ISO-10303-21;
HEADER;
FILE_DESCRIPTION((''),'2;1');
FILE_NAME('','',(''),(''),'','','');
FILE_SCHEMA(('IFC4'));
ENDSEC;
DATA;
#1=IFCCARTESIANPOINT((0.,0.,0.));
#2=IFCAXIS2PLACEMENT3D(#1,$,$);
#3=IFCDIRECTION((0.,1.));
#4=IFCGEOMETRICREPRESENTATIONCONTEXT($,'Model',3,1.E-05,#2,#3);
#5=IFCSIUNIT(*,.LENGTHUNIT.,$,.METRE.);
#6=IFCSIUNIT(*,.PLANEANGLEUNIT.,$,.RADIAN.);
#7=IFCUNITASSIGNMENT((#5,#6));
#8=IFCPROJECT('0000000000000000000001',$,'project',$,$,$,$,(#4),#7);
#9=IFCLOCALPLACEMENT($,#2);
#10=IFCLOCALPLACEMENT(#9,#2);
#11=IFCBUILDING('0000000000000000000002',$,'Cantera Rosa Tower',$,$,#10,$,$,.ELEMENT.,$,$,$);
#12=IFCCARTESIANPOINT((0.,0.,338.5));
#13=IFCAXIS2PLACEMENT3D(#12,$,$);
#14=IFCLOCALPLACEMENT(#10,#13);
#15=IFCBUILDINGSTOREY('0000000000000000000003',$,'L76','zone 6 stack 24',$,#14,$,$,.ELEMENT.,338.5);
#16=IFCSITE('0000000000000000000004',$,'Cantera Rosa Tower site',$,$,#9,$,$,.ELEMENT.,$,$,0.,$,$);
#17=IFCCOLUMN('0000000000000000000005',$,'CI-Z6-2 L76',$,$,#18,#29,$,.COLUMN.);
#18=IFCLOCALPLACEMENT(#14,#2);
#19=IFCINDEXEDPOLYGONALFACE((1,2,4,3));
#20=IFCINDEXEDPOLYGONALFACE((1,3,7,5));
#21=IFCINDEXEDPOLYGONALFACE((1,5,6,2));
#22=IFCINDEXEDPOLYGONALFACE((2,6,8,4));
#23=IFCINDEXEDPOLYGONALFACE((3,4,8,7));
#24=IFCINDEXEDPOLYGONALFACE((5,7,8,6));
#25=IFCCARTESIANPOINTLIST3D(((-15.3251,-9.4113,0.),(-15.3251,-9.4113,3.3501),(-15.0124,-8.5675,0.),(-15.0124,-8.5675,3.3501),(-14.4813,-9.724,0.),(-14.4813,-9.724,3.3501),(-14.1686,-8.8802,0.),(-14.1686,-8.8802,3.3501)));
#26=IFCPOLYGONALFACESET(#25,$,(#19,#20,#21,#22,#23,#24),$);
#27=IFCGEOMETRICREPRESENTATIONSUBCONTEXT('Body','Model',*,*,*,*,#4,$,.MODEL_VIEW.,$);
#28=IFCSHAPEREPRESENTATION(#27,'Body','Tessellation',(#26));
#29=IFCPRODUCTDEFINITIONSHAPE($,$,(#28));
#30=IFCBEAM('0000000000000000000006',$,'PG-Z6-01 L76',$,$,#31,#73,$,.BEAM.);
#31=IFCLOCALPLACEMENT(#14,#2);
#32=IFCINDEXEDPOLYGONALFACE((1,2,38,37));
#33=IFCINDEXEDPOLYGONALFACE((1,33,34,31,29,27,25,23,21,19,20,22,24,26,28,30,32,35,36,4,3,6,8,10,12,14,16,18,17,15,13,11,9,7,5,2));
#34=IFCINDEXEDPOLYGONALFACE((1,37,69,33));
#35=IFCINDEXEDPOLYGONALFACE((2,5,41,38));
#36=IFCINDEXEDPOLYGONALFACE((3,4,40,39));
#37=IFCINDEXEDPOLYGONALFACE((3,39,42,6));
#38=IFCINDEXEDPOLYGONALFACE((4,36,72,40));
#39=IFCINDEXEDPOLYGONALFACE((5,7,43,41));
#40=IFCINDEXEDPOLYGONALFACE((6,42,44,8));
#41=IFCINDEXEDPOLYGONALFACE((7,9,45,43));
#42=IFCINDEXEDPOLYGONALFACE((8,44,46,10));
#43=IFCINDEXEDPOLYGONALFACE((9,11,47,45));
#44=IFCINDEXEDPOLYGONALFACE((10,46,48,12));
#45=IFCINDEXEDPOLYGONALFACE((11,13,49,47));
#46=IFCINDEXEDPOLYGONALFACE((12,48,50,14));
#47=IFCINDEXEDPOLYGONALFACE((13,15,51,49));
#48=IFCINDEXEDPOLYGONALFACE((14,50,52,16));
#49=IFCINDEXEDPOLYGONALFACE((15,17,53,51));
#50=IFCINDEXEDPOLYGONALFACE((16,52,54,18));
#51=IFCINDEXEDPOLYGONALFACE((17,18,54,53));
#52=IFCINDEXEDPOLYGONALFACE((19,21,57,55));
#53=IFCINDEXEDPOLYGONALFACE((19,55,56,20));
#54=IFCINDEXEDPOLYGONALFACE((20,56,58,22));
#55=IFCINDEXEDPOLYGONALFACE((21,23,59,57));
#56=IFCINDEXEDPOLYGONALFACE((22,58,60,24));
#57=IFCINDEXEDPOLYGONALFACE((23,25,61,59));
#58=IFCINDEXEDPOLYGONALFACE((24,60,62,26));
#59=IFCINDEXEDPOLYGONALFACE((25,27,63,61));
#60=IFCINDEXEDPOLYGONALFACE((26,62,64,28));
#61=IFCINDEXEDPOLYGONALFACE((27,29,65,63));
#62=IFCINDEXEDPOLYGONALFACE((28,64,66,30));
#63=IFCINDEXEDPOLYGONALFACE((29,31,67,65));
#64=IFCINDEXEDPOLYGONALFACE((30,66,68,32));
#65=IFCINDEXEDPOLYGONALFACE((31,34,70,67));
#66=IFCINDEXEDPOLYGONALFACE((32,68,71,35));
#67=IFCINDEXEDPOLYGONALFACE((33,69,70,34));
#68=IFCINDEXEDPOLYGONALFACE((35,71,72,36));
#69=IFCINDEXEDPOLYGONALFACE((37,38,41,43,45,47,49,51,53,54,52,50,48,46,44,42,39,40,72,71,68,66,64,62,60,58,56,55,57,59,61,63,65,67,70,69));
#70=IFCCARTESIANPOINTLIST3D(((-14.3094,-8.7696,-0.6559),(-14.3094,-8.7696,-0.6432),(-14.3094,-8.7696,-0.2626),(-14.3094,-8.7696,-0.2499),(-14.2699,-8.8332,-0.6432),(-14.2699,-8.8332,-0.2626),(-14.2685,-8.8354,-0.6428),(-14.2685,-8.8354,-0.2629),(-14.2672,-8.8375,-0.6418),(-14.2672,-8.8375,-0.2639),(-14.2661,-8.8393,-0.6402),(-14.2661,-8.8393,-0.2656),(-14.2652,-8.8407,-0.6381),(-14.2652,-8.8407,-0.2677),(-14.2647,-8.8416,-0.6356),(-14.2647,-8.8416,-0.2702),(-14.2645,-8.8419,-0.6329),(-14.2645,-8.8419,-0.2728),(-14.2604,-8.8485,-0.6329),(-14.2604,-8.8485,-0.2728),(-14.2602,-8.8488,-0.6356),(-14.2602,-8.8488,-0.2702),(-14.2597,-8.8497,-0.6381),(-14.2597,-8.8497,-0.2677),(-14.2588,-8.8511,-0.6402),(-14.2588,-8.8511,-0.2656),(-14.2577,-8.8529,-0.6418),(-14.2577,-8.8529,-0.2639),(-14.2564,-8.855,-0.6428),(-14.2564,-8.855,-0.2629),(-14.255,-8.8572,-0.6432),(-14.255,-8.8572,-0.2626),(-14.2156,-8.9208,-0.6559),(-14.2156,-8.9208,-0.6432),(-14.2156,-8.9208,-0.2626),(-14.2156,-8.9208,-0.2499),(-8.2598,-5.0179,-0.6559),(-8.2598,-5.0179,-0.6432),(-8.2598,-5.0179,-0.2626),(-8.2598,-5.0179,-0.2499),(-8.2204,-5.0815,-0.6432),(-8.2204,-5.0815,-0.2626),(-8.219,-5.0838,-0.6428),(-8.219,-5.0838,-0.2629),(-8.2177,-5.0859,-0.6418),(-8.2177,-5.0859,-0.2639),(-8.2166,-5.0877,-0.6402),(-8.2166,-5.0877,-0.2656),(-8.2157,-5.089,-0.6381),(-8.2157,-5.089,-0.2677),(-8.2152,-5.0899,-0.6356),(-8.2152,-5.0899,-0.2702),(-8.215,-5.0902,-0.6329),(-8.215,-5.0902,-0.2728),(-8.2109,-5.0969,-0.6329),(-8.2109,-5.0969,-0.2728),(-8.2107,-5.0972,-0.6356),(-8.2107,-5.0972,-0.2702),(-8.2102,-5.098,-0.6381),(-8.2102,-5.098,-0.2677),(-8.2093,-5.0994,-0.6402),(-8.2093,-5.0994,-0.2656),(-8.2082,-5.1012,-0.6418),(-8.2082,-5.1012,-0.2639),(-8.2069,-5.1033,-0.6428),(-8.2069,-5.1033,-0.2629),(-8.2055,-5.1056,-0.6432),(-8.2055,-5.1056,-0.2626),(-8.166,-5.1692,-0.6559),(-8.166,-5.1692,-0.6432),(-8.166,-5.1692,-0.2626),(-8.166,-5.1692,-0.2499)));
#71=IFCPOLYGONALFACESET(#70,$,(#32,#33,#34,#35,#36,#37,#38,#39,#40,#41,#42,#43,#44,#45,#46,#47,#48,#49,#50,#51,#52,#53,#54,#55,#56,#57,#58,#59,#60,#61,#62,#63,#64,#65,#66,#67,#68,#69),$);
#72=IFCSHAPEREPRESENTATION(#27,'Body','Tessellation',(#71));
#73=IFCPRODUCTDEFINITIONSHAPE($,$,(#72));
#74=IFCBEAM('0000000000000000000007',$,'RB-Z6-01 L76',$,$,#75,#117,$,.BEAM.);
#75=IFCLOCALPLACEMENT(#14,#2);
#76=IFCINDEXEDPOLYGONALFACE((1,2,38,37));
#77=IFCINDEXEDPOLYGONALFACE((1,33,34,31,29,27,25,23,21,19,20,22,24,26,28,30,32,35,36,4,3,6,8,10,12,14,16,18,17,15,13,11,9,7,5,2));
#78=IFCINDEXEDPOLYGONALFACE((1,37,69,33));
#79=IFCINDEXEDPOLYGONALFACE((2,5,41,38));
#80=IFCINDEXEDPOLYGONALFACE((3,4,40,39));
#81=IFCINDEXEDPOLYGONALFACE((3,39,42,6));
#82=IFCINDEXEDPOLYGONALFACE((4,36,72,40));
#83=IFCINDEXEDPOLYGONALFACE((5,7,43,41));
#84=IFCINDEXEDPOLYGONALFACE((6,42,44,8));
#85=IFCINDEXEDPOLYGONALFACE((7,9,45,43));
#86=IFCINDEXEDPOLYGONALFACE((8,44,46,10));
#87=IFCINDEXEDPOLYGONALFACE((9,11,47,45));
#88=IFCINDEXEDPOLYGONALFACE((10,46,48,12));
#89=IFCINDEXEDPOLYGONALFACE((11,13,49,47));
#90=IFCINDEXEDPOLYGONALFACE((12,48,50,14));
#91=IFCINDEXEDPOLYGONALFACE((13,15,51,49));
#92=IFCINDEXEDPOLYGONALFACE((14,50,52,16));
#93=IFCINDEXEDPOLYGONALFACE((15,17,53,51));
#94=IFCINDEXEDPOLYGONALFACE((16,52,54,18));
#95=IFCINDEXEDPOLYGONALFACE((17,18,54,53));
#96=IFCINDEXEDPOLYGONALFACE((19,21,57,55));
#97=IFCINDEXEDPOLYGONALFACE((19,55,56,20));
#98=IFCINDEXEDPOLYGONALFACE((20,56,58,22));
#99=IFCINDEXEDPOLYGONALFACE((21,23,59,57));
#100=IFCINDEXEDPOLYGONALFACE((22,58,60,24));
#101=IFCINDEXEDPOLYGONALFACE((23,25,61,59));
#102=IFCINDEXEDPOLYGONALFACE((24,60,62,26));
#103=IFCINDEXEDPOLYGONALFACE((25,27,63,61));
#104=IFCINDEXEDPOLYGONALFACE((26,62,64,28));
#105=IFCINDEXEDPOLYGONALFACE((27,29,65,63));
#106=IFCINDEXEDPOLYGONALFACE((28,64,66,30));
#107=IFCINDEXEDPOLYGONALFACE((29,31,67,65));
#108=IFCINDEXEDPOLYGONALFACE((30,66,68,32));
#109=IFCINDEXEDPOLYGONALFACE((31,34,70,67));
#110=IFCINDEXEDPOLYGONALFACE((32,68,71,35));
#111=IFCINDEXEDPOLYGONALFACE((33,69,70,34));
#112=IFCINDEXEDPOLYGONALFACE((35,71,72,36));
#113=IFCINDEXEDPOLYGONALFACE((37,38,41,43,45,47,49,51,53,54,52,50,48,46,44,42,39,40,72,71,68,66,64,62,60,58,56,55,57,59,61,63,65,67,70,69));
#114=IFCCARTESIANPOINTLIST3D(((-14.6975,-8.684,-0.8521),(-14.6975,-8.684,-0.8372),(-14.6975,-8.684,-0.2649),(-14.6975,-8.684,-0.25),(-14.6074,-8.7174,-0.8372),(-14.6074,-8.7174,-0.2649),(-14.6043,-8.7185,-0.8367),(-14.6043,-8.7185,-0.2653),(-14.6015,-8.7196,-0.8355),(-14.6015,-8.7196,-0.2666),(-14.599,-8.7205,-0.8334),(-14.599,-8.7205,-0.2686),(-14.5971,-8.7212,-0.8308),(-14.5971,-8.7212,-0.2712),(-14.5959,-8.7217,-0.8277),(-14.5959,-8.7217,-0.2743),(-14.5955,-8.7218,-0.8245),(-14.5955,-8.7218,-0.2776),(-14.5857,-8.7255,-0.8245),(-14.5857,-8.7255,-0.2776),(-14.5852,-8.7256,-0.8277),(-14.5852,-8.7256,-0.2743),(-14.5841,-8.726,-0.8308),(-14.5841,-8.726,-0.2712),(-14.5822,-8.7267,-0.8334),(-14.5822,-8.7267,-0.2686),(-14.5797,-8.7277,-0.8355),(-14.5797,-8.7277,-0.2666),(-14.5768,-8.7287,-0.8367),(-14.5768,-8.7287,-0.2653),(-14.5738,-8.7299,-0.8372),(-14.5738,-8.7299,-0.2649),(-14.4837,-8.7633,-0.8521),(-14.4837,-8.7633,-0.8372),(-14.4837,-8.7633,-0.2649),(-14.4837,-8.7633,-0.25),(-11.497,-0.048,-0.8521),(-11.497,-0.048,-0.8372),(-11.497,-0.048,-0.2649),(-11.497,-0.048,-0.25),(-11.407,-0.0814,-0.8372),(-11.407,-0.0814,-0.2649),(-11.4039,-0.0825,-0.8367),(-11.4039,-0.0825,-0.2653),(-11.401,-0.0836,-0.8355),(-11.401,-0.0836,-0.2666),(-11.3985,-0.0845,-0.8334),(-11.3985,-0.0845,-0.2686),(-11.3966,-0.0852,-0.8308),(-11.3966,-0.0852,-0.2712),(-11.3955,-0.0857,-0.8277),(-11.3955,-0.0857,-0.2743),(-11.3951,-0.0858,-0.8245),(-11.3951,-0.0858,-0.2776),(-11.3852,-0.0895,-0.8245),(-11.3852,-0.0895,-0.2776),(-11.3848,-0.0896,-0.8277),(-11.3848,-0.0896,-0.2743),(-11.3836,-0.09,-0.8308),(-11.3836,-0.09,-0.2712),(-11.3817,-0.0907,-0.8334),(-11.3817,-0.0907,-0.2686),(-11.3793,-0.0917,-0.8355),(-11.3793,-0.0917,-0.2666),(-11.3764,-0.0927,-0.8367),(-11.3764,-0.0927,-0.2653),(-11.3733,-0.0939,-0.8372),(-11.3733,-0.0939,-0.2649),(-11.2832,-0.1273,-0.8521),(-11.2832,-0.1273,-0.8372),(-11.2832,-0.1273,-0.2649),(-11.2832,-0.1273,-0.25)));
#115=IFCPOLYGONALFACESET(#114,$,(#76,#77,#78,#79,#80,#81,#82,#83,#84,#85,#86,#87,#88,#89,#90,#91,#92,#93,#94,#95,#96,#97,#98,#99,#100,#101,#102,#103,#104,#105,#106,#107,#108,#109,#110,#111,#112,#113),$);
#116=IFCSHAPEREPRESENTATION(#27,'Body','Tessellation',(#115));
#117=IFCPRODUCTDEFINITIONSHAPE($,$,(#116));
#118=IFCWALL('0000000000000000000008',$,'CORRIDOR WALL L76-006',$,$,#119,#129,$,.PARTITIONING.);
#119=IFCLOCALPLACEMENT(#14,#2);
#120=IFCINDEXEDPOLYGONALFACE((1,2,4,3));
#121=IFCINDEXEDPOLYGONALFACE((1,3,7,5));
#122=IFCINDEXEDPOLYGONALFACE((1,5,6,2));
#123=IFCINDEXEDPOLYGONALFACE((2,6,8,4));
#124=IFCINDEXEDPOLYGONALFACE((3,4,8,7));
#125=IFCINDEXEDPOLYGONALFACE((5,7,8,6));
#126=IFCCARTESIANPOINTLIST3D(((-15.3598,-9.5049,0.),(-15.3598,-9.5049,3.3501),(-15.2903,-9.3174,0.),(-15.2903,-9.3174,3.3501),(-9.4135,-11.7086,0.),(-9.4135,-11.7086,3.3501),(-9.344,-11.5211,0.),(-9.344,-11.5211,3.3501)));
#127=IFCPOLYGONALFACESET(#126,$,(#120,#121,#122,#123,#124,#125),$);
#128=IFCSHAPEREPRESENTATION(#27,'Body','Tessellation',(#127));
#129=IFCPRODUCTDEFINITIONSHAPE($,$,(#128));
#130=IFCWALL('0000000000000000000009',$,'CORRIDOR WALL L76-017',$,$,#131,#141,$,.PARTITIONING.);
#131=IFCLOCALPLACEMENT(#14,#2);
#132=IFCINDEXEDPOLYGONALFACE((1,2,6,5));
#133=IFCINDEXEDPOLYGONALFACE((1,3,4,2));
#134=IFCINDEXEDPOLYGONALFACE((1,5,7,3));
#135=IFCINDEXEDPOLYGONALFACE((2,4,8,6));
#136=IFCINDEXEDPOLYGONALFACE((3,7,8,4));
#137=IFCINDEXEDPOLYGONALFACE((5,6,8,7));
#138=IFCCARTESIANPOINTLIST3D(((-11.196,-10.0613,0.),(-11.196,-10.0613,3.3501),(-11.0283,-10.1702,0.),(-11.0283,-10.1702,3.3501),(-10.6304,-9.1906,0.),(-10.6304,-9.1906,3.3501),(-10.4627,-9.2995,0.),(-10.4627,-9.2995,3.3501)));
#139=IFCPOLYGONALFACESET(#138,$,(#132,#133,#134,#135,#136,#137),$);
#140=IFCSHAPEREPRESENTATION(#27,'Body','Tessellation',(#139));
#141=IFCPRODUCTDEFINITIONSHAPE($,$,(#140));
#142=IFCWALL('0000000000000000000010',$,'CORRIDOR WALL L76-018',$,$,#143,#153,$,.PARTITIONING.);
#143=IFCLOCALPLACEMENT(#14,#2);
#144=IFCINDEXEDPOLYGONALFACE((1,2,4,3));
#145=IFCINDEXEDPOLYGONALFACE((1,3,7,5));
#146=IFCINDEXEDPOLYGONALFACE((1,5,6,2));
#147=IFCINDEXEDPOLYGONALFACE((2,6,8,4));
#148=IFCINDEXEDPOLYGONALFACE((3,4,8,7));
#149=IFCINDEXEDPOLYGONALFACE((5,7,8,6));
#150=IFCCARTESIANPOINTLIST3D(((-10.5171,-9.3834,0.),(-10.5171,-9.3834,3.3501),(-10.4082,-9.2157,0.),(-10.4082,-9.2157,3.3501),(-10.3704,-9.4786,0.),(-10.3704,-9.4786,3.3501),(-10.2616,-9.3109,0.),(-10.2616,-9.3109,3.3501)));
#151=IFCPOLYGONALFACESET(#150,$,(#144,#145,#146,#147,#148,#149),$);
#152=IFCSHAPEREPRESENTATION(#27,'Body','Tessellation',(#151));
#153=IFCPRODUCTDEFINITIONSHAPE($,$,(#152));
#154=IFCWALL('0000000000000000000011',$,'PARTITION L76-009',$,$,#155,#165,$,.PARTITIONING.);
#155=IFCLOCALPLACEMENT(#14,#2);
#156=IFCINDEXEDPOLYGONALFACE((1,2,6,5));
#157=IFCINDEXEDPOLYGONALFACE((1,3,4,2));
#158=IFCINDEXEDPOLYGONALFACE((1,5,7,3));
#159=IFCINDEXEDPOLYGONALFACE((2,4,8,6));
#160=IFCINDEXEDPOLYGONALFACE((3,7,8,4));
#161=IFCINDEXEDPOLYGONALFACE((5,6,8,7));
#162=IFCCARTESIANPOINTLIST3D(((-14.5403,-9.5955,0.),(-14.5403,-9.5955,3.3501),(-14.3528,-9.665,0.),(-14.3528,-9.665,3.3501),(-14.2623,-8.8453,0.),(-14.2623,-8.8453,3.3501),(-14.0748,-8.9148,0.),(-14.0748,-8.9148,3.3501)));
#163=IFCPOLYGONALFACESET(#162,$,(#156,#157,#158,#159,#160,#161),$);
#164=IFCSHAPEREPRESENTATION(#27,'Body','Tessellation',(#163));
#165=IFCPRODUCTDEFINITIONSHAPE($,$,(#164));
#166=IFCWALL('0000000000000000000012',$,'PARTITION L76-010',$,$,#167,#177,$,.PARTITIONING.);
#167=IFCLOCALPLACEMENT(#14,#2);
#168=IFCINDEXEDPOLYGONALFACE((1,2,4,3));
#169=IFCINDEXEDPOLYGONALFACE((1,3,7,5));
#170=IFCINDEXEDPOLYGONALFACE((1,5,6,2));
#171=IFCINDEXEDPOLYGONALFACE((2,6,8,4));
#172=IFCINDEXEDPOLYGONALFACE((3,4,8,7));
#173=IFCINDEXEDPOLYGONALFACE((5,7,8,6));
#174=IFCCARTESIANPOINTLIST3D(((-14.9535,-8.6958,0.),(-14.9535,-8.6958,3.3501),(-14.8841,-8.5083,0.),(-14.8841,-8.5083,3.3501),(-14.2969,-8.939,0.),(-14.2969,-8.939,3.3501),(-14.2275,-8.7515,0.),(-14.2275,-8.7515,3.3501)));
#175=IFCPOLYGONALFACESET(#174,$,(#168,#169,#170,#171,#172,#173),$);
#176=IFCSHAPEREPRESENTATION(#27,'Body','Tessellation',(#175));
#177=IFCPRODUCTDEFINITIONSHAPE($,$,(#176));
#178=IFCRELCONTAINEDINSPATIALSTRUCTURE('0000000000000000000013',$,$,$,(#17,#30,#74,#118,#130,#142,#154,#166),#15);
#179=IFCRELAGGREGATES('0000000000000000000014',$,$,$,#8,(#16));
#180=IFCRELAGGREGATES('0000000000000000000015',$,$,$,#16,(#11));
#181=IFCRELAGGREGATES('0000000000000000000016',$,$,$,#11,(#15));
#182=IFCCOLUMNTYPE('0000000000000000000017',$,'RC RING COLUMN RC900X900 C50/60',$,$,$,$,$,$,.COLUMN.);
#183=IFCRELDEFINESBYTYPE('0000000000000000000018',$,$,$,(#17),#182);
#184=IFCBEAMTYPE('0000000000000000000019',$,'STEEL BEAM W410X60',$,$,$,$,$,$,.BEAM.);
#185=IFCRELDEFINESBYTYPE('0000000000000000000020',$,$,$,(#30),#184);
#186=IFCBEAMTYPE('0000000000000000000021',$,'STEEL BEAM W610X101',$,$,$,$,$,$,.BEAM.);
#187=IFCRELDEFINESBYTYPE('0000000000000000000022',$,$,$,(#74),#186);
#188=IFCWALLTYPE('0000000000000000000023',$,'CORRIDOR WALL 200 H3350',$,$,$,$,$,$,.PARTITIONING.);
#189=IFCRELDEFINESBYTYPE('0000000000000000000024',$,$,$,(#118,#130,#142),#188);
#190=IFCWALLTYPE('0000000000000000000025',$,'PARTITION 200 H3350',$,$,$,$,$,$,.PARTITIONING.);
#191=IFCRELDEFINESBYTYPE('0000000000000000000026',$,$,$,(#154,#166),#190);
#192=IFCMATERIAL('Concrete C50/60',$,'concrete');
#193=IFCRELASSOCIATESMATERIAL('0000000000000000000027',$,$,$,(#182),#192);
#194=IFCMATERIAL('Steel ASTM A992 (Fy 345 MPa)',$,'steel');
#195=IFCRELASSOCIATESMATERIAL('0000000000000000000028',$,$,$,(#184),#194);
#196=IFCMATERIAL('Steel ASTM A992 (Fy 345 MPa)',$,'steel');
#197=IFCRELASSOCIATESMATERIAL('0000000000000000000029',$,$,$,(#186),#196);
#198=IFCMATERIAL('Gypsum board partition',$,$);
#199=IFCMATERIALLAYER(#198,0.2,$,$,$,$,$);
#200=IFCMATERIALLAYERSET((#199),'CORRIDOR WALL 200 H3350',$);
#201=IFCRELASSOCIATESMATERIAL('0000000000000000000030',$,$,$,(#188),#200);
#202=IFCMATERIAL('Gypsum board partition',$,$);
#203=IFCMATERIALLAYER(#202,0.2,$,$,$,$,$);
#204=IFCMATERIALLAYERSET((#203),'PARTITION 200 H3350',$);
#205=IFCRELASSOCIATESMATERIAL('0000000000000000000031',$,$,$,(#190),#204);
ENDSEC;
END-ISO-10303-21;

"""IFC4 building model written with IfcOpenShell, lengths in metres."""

from ifc_helpers import new_model, si_unit, direction, frame, frame_2d, origin, origin_2d, place, context, subcontext, project, spatial, rectangle, i_section, extrude, material, layer, layer_set, material_profile, profile_set, type_object, element, save


model = new_model("IFC4")

# Units and contexts
model_context = context("Model", 3, precision=1e-05, world=origin(), true_north=direction((0.0, 1.0)))
body_context = subcontext(model_context, "Body", "Model", "MODEL_VIEW")
ifc_project = project(units=[si_unit("LENGTHUNIT", "METRE"), si_unit("PLANEANGLEUNIT", "RADIAN")], contexts=[model_context])

# Site, building, storey
site_placement = place(None, origin())
site = spatial("IfcSite", under=ifc_project, at=site_placement, Name="Cantera Rosa Tower site", CompositionType="ELEMENT", RefElevation=0.0)
building_placement = place(site_placement, origin())
building = spatial("IfcBuilding", under=site, at=building_placement, Name="Cantera Rosa Tower", CompositionType="ELEMENT")
storey_placement = place(building_placement, frame((0.0, 0.0, 338.5)))
storey = spatial("IfcBuildingStorey", under=building, at=storey_placement, Name="L76", Description="zone 6 stack 24", CompositionType="ELEMENT", Elevation=338.5)

# Column
ifc_material_1 = material(Name="Concrete C50/60", Category="concrete")
ifc_material_profile_1 = material_profile(ifc_material_1, rectangle(XDim=0.8999, YDim=0.8999, at=origin_2d()), Name="RC RING COLUMN RC900X900 C50/60")
ifc_profile_set_1 = profile_set([ifc_material_profile_1], Name="Concrete C50/60")
column_type = type_object("IfcColumnType", Name="RC RING COLUMN RC900X900 C50/60", PredefinedType="COLUMN", material=ifc_profile_set_1)
column_placement = place(storey_placement, frame((-14.7468, -9.1458, 0.0), z_axis=(0.0, 0.0, 1.0), x_axis=(0.347481, 0.937687, 0.0)))
element("IfcColumn", 1, at=column_placement, inside=storey, type_object=column_type, Name="CI-Z6-2 L76", PredefinedType="COLUMN", context=body_context, shape_type="SweptSolid", body=[
    extrude(rectangle(XDim=0.8999, YDim=0.8999, at=origin_2d()), origin(), (0.0, 0.0, 1.0), 3.3501),
])

# Beams
ifc_material_2 = material(Name="Steel ASTM A992 (Fy 345 MPa)", Category="steel")
ifc_material_profile_2 = material_profile(ifc_material_2, i_section(OverallWidth=0.178, OverallDepth=0.406, WebThickness=0.0078, FlangeThickness=0.0127, FilletRadius=0.0103, at=origin_2d()), Name="W410X60")
ifc_profile_set_2 = profile_set([ifc_material_profile_2], Name="Steel ASTM A992 (Fy 345 MPa)")
beam_type_1 = type_object("IfcBeamType", Name="STEEL BEAM W410X60", PredefinedType="BEAM", material=ifc_profile_set_2)
beam_1_placement = place(storey_placement, frame((-14.2625, -8.8452, -0.4529), z_axis=(0.849841, 0.527039, 0.0), x_axis=(-0.527039, 0.849841, 0.0)))
element("IfcBeam", 2, at=beam_1_placement, inside=storey, type_object=beam_type_1, Name="PG-Z6-01 L76", PredefinedType="BEAM", context=body_context, shape_type="SweptSolid", body=[
    extrude(i_section(OverallWidth=0.178, OverallDepth=0.406, WebThickness=0.0078, FlangeThickness=0.0127, FilletRadius=0.0103, at=origin_2d()), origin(), (0.0, 0.0, 1.0), 7.1184),
])
ifc_material_3 = material(Name="Steel ASTM A992 (Fy 345 MPa)", Category="steel")
ifc_material_profile_3 = material_profile(ifc_material_3, i_section(OverallWidth=0.228, OverallDepth=0.6021, WebThickness=0.0105, FlangeThickness=0.0149, FilletRadius=0.0127, at=origin_2d()), Name="W610X101")
ifc_profile_set_3 = profile_set([ifc_material_profile_3], Name="Steel ASTM A992 (Fy 345 MPa)")
beam_type_2 = type_object("IfcBeamType", Name="STEEL BEAM W610X101", PredefinedType="BEAM", material=ifc_profile_set_3)
beam_2_placement = place(storey_placement, frame((-14.5906, -8.7236, -0.551), z_axis=(0.347498, 0.937681, 0.0), x_axis=(-0.937681, 0.347498, 0.0)))
element("IfcBeam", 3, at=beam_2_placement, inside=storey, type_object=beam_type_2, Name="RB-Z6-01 L76", PredefinedType="BEAM", context=body_context, shape_type="SweptSolid", body=[
    extrude(i_section(OverallWidth=0.228, OverallDepth=0.6021, WebThickness=0.0105, FlangeThickness=0.0149, FilletRadius=0.0127, at=origin_2d()), origin(), (0.0, 0.0, 1.0), 9.21),
])

# Walls
ifc_material_4 = material(Name="Gypsum board partition")
ifc_layer_1 = layer(ifc_material_4, 0.2)
ifc_layer_set_1 = layer_set([ifc_layer_1], Name="CORRIDOR WALL 200 H3350")
wall_type_1 = type_object("IfcWallType", Name="CORRIDOR WALL 200 H3350", PredefinedType="PARTITIONING", material=ifc_layer_set_1)
wall_1_placement = place(storey_placement, frame((-15.3252, -9.4111, 0.0), z_axis=(0.0, 0.0, 1.0), x_axis=(0.937683, -0.347492, 0.0)))
element("IfcWall", 4, at=wall_1_placement, inside=storey, type_object=wall_type_1, Name="CORRIDOR WALL L76-006", PredefinedType="PARTITIONING", context=body_context, shape_type="SweptSolid", body=[
    extrude(rectangle(XDim=6.3416, YDim=0.2, at=frame_2d((3.1709, 0.0))), origin(), (0.0, 0.0, 1.0), 3.3501),
])
wall_2_placement = place(storey_placement, frame((-10.5466, -9.2451, 0.0), z_axis=(0.0, 0.0, 1.0), x_axis=(-0.544732, -0.83861, 0.0)))
element("IfcWall", 5, at=wall_2_placement, inside=storey, type_object=wall_type_1, Name="CORRIDOR WALL L76-017", PredefinedType="PARTITIONING", context=body_context, shape_type="SweptSolid", body=[
    extrude(rectangle(XDim=1.0383, YDim=0.2, at=frame_2d((0.519, 0.0))), origin(), (0.0, 0.0, 1.0), 3.3501),
])
wall_3_placement = place(storey_placement, frame((-10.4626, -9.2996, 0.0), z_axis=(0.0, 0.0, 1.0), x_axis=(0.838858, -0.54435, 0.0)))
element("IfcWall", 6, at=wall_3_placement, inside=storey, type_object=wall_type_1, Name="CORRIDOR WALL L76-018", PredefinedType="PARTITIONING", context=body_context, shape_type="SweptSolid", body=[
    extrude(rectangle(XDim=0.1748, YDim=0.2, at=frame_2d((0.0874, 0.0))), origin(), (0.0, 0.0, 1.0), 3.3501),
])
ifc_material_5 = material(Name="Gypsum board partition")
ifc_layer_2 = layer(ifc_material_5, 0.2)
ifc_layer_set_2 = layer_set([ifc_layer_2], Name="PARTITION 200 H3350")
wall_type_2 = type_object("IfcWallType", Name="PARTITION 200 H3350", PredefinedType="PARTITIONING", material=ifc_layer_set_2)
wall_4_placement = place(storey_placement, frame((-14.4465, -9.6301, 0.0), z_axis=(0.0, 0.0, 1.0), x_axis=(0.347543, 0.937664, 0.0)))
element("IfcWall", 7, at=wall_4_placement, inside=storey, type_object=wall_type_2, Name="PARTITION L76-009", PredefinedType="PARTITIONING", context=body_context, shape_type="SweptSolid", body=[
    extrude(rectangle(XDim=0.8, YDim=0.2, at=frame_2d((0.3999, 0.0))), origin(), (0.0, 0.0, 1.0), 3.3501),
])
wall_5_placement = place(storey_placement, frame((-14.2622, -8.8452, 0.0), z_axis=(0.0, 0.0, 1.0), x_axis=(-0.93774, 0.347337, 0.0)))
element("IfcWall", 8, at=wall_5_placement, inside=storey, type_object=wall_type_2, Name="PARTITION L76-010", PredefinedType="PARTITIONING", context=body_context, shape_type="SweptSolid", body=[
    extrude(rectangle(XDim=0.7002, YDim=0.2, at=frame_2d((0.3501, 0.0))), origin(), (0.0, 0.0, 1.0), 3.3501),
])

save(model, "model.ifc")
